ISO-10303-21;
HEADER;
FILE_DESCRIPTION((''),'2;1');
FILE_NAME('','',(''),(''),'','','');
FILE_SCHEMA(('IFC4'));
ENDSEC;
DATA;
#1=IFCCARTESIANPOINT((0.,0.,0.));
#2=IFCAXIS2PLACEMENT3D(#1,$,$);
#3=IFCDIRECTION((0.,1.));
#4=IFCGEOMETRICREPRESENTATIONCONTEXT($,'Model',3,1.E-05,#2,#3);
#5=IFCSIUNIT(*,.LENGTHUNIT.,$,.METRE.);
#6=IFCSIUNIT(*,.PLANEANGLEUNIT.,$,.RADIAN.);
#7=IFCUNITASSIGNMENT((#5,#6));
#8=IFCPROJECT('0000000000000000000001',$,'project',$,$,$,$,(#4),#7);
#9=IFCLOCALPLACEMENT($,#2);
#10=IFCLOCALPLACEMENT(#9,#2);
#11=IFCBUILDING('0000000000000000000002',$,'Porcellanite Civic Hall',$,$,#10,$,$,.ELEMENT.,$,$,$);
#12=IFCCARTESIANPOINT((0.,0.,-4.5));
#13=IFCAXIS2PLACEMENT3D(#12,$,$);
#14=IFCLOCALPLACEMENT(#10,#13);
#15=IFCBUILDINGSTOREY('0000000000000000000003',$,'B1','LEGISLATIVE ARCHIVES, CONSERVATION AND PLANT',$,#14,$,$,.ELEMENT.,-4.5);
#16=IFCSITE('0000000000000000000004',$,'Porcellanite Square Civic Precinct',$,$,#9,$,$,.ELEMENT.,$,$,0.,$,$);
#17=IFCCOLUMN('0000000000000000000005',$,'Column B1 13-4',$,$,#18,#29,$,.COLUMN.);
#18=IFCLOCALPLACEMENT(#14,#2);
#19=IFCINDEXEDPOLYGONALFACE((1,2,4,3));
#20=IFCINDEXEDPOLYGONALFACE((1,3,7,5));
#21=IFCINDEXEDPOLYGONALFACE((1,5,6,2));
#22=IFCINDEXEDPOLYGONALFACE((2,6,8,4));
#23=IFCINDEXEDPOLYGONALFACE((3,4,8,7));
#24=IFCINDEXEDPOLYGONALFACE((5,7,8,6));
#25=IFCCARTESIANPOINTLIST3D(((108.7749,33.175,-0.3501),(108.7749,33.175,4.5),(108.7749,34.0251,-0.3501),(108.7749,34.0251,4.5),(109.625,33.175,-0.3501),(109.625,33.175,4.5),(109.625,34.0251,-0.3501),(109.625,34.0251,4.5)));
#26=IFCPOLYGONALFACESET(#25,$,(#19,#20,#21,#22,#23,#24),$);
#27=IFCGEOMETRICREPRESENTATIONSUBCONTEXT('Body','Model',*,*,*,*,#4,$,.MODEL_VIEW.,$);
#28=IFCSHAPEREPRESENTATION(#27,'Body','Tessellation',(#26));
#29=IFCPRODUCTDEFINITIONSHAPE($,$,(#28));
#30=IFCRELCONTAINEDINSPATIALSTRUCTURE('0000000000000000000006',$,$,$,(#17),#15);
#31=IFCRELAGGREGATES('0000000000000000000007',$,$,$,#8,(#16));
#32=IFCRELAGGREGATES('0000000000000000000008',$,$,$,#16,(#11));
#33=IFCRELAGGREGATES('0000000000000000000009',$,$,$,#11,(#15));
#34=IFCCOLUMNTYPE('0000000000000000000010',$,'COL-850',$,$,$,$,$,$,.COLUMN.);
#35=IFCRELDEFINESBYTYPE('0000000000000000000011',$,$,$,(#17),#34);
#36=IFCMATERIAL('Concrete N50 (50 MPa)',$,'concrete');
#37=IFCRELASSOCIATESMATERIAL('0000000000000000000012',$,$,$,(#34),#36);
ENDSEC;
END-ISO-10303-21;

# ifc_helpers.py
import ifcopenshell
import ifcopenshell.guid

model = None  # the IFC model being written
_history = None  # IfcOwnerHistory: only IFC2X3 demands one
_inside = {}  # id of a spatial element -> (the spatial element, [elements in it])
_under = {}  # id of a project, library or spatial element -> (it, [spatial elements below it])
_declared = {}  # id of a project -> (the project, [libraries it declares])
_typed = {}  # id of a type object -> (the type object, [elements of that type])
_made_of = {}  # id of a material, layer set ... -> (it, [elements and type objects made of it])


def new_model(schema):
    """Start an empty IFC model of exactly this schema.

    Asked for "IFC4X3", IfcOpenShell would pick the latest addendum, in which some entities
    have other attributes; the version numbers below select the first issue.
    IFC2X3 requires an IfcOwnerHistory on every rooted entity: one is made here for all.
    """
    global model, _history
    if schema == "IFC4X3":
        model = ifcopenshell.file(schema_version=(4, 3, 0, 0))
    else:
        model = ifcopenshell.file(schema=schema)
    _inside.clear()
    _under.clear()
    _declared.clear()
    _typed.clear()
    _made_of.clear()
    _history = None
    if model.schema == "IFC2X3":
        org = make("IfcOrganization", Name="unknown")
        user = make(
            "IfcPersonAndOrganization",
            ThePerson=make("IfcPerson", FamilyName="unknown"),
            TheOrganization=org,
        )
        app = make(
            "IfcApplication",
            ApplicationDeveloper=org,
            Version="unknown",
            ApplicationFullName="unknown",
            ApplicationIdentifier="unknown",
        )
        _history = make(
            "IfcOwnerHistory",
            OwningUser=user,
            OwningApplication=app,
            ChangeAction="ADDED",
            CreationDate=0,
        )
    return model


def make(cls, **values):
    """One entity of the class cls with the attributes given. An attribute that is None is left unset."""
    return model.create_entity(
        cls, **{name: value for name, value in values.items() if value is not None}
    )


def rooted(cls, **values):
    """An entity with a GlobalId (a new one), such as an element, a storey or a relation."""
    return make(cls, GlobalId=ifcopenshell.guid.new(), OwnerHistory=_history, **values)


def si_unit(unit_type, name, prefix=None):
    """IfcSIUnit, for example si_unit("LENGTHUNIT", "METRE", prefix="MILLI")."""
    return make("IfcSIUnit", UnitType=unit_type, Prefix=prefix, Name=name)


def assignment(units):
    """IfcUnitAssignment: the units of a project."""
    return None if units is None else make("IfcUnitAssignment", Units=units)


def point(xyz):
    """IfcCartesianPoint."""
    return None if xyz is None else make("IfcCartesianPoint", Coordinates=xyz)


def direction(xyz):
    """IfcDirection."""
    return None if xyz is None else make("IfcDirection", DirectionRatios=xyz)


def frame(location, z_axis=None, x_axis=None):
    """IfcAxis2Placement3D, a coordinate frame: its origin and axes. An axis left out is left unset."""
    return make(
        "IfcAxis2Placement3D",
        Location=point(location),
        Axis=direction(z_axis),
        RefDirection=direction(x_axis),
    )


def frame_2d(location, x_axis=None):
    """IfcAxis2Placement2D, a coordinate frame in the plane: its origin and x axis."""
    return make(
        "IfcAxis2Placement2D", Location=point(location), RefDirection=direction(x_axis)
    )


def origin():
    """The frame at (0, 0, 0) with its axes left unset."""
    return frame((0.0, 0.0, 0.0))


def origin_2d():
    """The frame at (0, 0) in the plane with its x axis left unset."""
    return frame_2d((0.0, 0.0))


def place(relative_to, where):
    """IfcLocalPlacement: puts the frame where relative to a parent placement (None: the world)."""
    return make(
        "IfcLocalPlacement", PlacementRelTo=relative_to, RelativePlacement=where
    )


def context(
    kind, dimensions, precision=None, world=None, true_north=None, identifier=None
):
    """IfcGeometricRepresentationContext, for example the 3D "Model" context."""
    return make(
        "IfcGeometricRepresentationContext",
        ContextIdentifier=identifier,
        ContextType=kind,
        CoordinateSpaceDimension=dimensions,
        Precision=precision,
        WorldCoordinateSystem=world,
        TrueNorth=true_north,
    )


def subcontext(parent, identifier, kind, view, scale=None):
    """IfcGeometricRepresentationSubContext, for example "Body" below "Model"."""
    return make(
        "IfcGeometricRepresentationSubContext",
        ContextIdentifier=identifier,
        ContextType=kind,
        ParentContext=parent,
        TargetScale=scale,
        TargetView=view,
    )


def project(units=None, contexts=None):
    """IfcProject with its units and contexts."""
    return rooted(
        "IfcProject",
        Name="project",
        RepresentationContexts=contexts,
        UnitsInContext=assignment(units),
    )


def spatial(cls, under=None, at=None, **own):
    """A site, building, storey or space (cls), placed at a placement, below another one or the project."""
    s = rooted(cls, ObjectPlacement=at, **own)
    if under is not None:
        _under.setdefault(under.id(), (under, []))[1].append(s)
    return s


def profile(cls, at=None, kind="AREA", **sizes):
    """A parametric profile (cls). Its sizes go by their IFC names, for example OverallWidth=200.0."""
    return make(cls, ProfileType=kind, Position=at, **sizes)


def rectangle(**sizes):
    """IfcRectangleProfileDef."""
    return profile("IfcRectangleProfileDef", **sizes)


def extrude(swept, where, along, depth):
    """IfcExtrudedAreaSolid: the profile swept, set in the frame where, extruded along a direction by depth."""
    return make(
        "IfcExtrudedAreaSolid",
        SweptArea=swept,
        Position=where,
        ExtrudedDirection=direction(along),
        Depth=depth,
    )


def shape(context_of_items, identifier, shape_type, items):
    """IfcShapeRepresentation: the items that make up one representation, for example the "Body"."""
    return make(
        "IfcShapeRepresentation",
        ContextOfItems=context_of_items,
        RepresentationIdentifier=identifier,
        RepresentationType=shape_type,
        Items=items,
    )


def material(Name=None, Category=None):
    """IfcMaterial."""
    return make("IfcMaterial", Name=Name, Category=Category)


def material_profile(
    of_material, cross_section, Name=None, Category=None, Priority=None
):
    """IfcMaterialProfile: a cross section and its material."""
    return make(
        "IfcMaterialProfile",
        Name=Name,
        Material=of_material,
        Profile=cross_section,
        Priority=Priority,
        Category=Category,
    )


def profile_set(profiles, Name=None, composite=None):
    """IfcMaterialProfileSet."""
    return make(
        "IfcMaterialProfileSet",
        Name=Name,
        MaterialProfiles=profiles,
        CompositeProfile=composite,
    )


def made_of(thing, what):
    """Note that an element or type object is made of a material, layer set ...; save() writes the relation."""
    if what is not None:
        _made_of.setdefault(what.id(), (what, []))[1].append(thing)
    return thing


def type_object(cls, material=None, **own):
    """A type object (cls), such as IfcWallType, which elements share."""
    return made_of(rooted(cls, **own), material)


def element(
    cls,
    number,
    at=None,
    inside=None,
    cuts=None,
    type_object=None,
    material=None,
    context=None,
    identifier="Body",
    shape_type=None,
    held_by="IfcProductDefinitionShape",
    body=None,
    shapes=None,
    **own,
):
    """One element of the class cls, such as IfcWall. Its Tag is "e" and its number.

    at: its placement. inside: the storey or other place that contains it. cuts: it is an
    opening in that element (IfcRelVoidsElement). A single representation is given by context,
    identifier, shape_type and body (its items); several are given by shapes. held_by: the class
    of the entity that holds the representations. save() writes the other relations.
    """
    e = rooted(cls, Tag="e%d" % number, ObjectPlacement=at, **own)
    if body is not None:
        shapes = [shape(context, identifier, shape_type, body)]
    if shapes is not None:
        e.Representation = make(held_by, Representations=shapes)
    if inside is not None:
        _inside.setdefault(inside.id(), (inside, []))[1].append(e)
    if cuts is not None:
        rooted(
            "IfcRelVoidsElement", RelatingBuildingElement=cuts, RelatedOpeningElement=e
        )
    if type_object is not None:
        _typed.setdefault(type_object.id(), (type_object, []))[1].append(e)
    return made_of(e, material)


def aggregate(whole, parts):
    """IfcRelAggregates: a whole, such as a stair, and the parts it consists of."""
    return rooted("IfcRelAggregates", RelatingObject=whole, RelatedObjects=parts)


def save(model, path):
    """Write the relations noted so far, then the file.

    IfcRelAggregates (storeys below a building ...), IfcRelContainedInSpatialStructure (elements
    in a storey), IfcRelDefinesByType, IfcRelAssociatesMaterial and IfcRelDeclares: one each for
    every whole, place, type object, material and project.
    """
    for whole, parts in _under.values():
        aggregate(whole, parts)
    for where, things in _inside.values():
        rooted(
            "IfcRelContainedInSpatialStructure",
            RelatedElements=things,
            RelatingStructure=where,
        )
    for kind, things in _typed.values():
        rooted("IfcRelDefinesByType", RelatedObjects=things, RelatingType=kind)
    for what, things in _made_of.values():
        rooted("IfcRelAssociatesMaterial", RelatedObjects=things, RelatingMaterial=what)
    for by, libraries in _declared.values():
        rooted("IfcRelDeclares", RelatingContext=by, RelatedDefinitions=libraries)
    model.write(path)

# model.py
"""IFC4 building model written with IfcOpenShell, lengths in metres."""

from ifc_helpers import new_model, si_unit, direction, frame, origin, origin_2d, place, context, subcontext, project, spatial, rectangle, extrude, material, material_profile, profile_set, type_object, element, save


model = new_model("IFC4")

# Units and contexts
model_context = context("Model", 3, precision=1e-05, world=origin(), true_north=direction((0.0, 1.0)))
body_context = subcontext(model_context, "Body", "Model", "MODEL_VIEW")
ifc_project = project(units=[si_unit("LENGTHUNIT", "METRE"), si_unit("PLANEANGLEUNIT", "RADIAN")], contexts=[model_context])

# Site, building, storey
site_placement = place(None, origin())
site = spatial("IfcSite", under=ifc_project, at=site_placement, Name="Porcellanite Square Civic Precinct", CompositionType="ELEMENT", RefElevation=0.0)
building_placement = place(site_placement, origin())
building = spatial("IfcBuilding", under=site, at=building_placement, Name="Porcellanite Civic Hall", CompositionType="ELEMENT")
storey_placement = place(building_placement, frame((0.0, 0.0, -4.5)))
storey = spatial("IfcBuildingStorey", under=building, at=storey_placement, Name="B1", Description="LEGISLATIVE ARCHIVES, CONSERVATION AND PLANT", CompositionType="ELEMENT", Elevation=-4.5)

# Column
ifc_material_1 = material(Name="Concrete N50 (50 MPa)", Category="concrete")
ifc_material_profile_1 = material_profile(ifc_material_1, rectangle(XDim=0.8501, YDim=0.8501, at=origin_2d()), Name="RC-850x850")
ifc_profile_set_1 = profile_set([ifc_material_profile_1], Name="Concrete N50 (50 MPa)")
column_type = type_object("IfcColumnType", Name="COL-850", PredefinedType="COLUMN", material=ifc_profile_set_1)
column_placement = place(storey_placement, frame((109.2, 33.6001, -0.3501), z_axis=(0.0, 0.0, 1.0), x_axis=(1.0, 0.0, 0.0)))
element("IfcColumn", 1, at=column_placement, inside=storey, type_object=column_type, Name="Column B1 13-4", PredefinedType="COLUMN", context=body_context, shape_type="SweptSolid", body=[
    extrude(rectangle(XDim=0.8501, YDim=0.8501, at=origin_2d()), origin(), (0.0, 0.0, 1.0), 4.8501),
])

save(model, "model.ifc")
